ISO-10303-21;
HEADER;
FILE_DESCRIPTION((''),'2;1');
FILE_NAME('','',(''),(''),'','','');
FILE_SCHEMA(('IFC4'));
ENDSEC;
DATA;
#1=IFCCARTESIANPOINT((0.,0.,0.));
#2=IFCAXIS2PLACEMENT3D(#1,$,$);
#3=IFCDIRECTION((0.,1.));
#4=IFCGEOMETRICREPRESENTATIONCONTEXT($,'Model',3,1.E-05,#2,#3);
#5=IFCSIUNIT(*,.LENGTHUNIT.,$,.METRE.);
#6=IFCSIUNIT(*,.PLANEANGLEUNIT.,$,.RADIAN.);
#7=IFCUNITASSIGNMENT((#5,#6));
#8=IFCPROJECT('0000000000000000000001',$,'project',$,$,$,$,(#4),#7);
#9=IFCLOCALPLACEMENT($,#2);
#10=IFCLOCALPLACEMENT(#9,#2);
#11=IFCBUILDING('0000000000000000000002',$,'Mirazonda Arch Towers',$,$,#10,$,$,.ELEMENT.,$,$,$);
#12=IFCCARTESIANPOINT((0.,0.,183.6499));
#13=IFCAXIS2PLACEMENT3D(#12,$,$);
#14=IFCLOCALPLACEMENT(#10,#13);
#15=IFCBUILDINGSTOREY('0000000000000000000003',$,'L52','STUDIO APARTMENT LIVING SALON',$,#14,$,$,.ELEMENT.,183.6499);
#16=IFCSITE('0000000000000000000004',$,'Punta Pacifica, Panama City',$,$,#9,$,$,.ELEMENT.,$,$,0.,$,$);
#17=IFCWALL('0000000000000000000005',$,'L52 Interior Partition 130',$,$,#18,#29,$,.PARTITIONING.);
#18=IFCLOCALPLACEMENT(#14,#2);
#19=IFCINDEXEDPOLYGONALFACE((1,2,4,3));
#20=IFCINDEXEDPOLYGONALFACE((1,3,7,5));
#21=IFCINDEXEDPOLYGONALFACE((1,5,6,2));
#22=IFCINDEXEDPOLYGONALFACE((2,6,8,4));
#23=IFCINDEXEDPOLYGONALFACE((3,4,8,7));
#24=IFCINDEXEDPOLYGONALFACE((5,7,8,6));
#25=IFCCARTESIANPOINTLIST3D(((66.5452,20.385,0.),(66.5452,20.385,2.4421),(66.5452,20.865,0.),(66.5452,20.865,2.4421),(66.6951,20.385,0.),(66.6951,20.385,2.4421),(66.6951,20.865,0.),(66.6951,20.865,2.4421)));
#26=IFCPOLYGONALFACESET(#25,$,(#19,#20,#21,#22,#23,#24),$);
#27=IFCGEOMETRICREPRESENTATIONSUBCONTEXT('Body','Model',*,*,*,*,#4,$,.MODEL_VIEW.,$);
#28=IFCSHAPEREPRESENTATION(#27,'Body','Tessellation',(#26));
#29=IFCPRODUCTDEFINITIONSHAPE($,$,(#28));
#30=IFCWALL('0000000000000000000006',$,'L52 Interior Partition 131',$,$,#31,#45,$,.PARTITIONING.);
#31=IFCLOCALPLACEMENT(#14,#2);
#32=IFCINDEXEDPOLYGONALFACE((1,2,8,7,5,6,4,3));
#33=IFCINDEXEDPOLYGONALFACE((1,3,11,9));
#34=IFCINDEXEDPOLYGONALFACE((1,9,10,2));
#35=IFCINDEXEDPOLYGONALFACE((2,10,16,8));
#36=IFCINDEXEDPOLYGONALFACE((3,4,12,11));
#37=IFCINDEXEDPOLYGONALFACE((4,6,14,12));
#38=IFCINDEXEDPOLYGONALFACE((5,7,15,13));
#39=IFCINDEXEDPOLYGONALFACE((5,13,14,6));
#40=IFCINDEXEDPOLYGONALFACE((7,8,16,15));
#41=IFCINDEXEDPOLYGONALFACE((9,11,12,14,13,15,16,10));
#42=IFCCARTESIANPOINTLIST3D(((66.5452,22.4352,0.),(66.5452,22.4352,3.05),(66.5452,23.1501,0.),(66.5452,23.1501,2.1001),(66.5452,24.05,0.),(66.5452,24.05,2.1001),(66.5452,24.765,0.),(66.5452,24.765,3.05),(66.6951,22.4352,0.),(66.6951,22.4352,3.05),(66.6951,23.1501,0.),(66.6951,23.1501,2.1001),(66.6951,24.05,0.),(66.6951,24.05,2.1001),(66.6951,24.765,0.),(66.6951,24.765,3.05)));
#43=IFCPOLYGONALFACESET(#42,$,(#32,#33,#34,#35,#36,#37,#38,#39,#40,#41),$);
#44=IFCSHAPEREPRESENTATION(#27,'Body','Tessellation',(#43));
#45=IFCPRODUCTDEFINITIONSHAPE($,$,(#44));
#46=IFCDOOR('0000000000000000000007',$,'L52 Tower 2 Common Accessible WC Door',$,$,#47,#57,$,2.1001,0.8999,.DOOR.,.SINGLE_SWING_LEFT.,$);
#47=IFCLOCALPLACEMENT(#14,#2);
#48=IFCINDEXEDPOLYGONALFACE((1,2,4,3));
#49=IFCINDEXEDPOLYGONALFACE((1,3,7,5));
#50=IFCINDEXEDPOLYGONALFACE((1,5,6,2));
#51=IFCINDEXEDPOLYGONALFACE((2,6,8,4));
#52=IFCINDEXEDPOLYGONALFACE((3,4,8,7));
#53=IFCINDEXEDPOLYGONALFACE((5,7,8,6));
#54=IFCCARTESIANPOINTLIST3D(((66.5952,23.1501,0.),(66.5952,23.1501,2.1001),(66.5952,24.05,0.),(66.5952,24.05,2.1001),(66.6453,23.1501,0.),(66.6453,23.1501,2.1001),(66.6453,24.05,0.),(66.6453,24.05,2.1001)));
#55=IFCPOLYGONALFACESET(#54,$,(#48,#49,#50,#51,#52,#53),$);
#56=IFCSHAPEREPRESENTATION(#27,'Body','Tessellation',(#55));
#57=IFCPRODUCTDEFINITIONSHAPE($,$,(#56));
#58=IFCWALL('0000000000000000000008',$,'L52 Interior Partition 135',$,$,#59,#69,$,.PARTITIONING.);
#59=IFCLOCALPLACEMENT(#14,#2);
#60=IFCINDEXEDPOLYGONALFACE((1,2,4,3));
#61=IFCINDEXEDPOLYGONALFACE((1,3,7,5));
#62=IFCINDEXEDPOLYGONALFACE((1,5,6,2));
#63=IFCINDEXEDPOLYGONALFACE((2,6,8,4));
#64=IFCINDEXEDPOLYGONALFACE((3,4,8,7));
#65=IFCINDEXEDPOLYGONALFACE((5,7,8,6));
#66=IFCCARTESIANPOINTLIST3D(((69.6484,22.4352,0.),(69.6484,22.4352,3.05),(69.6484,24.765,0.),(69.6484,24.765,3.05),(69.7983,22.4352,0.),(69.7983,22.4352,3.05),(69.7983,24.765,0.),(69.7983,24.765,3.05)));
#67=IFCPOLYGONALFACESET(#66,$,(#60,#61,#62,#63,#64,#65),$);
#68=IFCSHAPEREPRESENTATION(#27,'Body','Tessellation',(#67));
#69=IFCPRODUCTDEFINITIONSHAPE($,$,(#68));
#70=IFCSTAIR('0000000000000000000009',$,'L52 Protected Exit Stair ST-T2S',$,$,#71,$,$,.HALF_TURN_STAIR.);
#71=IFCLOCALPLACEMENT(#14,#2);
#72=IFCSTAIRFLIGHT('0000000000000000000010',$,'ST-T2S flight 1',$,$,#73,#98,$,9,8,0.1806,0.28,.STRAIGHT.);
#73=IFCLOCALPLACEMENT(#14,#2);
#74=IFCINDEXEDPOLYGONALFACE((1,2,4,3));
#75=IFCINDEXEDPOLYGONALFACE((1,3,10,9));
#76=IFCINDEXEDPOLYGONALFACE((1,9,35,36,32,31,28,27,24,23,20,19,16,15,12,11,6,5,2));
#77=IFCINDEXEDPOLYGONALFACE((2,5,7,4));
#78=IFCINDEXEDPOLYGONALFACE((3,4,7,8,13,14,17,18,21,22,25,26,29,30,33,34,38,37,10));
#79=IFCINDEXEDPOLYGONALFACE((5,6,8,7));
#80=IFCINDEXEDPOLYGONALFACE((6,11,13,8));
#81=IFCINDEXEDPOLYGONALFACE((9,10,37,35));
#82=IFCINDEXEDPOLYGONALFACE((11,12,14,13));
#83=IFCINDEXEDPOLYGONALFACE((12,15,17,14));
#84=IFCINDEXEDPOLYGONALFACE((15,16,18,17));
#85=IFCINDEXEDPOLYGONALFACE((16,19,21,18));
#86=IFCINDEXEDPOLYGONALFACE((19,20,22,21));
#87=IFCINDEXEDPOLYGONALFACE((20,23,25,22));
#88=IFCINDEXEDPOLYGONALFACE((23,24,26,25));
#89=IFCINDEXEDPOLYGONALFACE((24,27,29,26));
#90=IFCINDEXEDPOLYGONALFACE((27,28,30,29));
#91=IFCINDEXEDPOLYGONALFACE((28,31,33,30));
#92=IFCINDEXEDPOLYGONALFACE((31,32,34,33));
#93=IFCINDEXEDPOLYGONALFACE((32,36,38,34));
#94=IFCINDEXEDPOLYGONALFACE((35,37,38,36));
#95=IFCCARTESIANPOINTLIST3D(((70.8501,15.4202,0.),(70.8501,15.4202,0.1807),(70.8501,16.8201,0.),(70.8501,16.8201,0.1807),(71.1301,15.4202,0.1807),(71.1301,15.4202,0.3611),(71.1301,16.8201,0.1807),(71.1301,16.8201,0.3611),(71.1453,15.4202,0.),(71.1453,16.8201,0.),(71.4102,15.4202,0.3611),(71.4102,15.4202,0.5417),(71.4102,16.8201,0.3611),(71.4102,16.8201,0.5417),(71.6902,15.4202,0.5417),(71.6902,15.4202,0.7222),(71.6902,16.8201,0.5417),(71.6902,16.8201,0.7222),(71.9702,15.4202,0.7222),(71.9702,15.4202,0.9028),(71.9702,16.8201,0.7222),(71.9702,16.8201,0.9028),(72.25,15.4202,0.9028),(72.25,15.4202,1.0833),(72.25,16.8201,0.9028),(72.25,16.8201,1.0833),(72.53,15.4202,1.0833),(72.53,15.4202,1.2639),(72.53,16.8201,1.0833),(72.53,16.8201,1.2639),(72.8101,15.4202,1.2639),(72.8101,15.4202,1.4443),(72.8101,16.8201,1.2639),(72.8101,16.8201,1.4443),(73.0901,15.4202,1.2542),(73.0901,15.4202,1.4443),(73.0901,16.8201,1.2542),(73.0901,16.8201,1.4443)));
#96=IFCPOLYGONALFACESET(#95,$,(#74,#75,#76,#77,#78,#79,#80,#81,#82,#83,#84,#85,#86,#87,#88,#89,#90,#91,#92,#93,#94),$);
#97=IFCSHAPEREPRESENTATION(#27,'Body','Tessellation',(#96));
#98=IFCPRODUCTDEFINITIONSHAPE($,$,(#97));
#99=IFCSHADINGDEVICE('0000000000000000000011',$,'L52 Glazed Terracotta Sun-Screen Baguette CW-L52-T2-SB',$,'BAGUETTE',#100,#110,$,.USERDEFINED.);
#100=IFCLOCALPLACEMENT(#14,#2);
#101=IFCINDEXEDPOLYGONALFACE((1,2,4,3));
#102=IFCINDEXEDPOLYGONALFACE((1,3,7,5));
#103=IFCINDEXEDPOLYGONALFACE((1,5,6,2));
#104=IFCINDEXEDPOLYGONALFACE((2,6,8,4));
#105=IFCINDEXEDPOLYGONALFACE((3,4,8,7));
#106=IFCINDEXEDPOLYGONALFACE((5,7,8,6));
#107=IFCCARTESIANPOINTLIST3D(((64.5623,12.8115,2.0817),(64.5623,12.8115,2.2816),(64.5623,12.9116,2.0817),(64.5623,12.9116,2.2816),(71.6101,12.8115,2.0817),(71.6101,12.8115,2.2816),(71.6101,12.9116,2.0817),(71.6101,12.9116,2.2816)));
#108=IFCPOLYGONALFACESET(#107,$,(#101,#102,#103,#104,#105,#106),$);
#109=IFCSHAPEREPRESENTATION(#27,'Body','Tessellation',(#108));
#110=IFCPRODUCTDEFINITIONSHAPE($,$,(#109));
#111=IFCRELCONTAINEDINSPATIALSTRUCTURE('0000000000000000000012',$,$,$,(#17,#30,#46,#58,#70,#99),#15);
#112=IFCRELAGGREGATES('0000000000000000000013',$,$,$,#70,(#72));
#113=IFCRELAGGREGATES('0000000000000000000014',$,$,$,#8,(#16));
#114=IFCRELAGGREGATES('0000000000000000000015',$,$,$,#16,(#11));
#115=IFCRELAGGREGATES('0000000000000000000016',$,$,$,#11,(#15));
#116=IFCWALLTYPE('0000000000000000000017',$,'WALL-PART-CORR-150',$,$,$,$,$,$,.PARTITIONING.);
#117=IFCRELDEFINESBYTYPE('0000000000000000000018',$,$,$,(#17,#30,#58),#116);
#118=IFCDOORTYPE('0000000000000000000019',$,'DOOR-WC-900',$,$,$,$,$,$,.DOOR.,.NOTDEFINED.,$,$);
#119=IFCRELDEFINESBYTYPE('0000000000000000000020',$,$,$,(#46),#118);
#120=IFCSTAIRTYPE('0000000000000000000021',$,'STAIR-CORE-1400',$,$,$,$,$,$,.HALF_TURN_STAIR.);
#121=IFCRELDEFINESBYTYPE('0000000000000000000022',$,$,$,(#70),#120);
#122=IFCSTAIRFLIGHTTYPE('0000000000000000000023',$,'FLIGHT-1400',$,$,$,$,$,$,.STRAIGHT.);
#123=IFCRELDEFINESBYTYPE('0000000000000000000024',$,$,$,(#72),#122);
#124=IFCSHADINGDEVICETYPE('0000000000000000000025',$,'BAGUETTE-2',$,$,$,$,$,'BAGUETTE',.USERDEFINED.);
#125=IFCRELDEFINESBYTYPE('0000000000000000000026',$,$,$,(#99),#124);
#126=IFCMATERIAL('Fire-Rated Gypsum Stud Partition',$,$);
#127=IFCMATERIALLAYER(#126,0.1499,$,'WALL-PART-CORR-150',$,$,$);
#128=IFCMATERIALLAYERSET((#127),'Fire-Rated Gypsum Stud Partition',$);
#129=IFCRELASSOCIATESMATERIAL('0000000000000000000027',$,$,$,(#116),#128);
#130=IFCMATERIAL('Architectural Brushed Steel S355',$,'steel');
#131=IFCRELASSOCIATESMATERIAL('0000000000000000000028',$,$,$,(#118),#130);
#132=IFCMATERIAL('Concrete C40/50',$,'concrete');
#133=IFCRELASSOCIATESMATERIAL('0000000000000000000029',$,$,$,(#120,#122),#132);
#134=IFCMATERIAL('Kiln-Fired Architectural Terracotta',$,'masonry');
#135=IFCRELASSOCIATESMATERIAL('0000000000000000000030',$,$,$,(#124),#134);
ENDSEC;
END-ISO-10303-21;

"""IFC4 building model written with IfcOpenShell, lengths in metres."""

from ifc_helpers import new_model, si_unit, direction, frame, frame_2d, origin, origin_2d, place, context, subcontext, project, spatial, polyline, rectangle, outline, extrude, material, layer, layer_set, material_profile, profile_set, type_object, element, fill, aggregate, save


model = new_model("IFC4")

# Units and contexts
model_context = context("Model", 3, precision=1e-05, world=origin(), true_north=direction((0.0, 1.0)))
body_context = subcontext(model_context, "Body", "Model", "MODEL_VIEW")
ifc_project = project(units=[si_unit("LENGTHUNIT", "METRE"), si_unit("PLANEANGLEUNIT", "RADIAN")], contexts=[model_context])

# Site, building, storey
site_placement = place(None, origin())
site = spatial("IfcSite", under=ifc_project, at=site_placement, Name="Punta Pacifica, Panama City", CompositionType="ELEMENT", RefElevation=0.0)
building_placement = place(site_placement, origin())
building = spatial("IfcBuilding", under=site, at=building_placement, Name="Mirazonda Arch Towers", CompositionType="ELEMENT")
storey_placement = place(building_placement, frame((0.0, 0.0, 183.6499)))
storey = spatial("IfcBuildingStorey", under=building, at=storey_placement, Name="L52", Description="STUDIO APARTMENT LIVING SALON", CompositionType="ELEMENT", Elevation=183.6499)

# Shared definitions
ifc_material_1 = material(Name="Architectural Brushed Steel S355", Category="steel")

# Wall
ifc_material_2 = material(Name="Fire-Rated Gypsum Stud Partition")
ifc_layer_1 = layer(ifc_material_2, 0.1499, Name="WALL-PART-CORR-150")
ifc_layer_set_1 = layer_set([ifc_layer_1], Name="Fire-Rated Gypsum Stud Partition")
wall_type_1 = type_object("IfcWallType", Name="WALL-PART-CORR-150", PredefinedType="PARTITIONING", material=ifc_layer_set_1)
wall_1_placement = place(storey_placement, frame((66.6201, 20.385, 0.0), z_axis=(0.0, 0.0, 1.0), x_axis=(0.0, 1.0, 0.0)))
element("IfcWall", 1, at=wall_1_placement, inside=storey, type_object=wall_type_1, Name="L52 Interior Partition 130", PredefinedType="PARTITIONING", context=body_context, shape_type="SweptSolid", body=[
    extrude(rectangle(XDim=0.48, YDim=0.1499, at=frame_2d((0.24, 0.0))), origin(), (0.0, 0.0, 1.0), 2.4421),
])

# Wall, opening, door
wall_2_placement = place(storey_placement, frame((66.6201, 22.4351, 0.0), z_axis=(0.0, 0.0, 1.0), x_axis=(0.0, 1.0, 0.0)))
wall_2 = element("IfcWall", 2, at=wall_2_placement, inside=storey, type_object=wall_type_1, Name="L52 Interior Partition 131", PredefinedType="PARTITIONING", context=body_context, shape_type="SweptSolid", body=[
    extrude(rectangle(XDim=2.3298, YDim=0.1499, at=frame_2d((1.165, 0.0))), origin(), (0.0, 0.0, 1.0), 3.05),
])
opening_1_placement = place(wall_2_placement, frame((0.7151, 0.0, 0.0)))
opening_1 = element("IfcOpeningElement", 3, at=opening_1_placement, cuts=wall_2, PredefinedType="OPENING", context=body_context, shape_type="SweptSolid", body=[
    extrude(rectangle(XDim=0.8999, YDim=2.1001, at=frame_2d((0.45, 1.05))), frame((0.0, 0.085, 0.0), z_axis=(0.0, -1.0, 0.0), x_axis=(1.0, 0.0, 0.0)), (0.0, 0.0, 1.0), 0.1699),
])
door_type_1 = type_object("IfcDoorType", Name="DOOR-WC-900", OperationType="NOTDEFINED", PredefinedType="DOOR", material=ifc_material_1)
door_1_placement = place(opening_1_placement, origin())
door_1 = element("IfcDoor", 4, at=door_1_placement, inside=storey, type_object=door_type_1, Name="L52 Tower 2 Common Accessible WC Door", OperationType="SINGLE_SWING_LEFT", OverallHeight=2.1001, OverallWidth=0.8999, PredefinedType="DOOR", context=body_context, shape_type="SweptSolid", body=[
    extrude(rectangle(XDim=0.8999, YDim=2.1001, at=frame_2d((0.45, 1.05))), frame((0.0, 0.0249, 0.0), z_axis=(0.0, -1.0, 0.0), x_axis=(1.0, 0.0, 0.0)), (0.0, 0.0, 1.0), 0.05),
])
fill(opening_1, door_1)

# Wall
wall_3_placement = place(storey_placement, frame((69.7234, 22.4351, 0.0), z_axis=(0.0, 0.0, 1.0), x_axis=(0.0, 1.0, 0.0)))
element("IfcWall", 5, at=wall_3_placement, inside=storey, type_object=wall_type_1, Name="L52 Interior Partition 135", PredefinedType="PARTITIONING", context=body_context, shape_type="SweptSolid", body=[
    extrude(rectangle(XDim=2.3298, YDim=0.1499, at=frame_2d((1.165, 0.0))), origin(), (0.0, 0.0, 1.0), 3.05),
])

# Stair, stair flight
ifc_material_3 = material(Name="Concrete C40/50", Category="concrete")
stair_type = type_object("IfcStairType", Name="STAIR-CORE-1400", PredefinedType="HALF_TURN_STAIR", material=ifc_material_3)
stair_placement = place(storey_placement, origin())
stair = element("IfcStair", 6, at=stair_placement, inside=storey, type_object=stair_type, Name="L52 Protected Exit Stair ST-T2S", PredefinedType="HALF_TURN_STAIR")
stair_flight_type = type_object("IfcStairFlightType", Name="FLIGHT-1400", PredefinedType="STRAIGHT", material=ifc_material_3)
stair_flight_placement = place(storey_placement, frame((70.8501, 16.1201, 0.0), z_axis=(0.0, 0.0, 1.0), x_axis=(1.0, 0.0, 0.0)))
stair_flight = element("IfcStairFlight", 7, at=stair_flight_placement, type_object=stair_flight_type, Name="ST-T2S flight 1", NumberOfRisers=9, NumberOfTreads=8, PredefinedType="STRAIGHT", RiserHeight=0.1806, TreadLength=0.28, context=body_context, shape_type="SweptSolid", body=[
    extrude(outline(polyline([(0.0, 0.0), (0.0, 0.1807), (0.28, 0.1807), (0.28, 0.3611), (0.5601, 0.3611), (0.5601, 0.5417), (0.8401, 0.5417), (0.8401, 0.7222), (1.1201, 0.7222), (1.1201, 0.9028), (1.3999, 0.9028), (1.3999, 1.0833), (1.6799, 1.0833), (1.6799, 1.2639), (1.96, 1.2639), (1.96, 1.4443), (2.24, 1.4443), (2.24, 1.625), (2.24, 1.2542), (0.2952, 0.0), (0.0, 0.0)])), frame((0.0, 0.7, 0.0), z_axis=(0.0, -1.0, 0.0), x_axis=(1.0, 0.0, 0.0)), (0.0, 0.0, 1.0), 1.3999),
])
aggregate(stair, [stair_flight])

# Shading device
ifc_material_4 = material(Name="Kiln-Fired Architectural Terracotta", Category="masonry")
ifc_material_profile_1 = material_profile(ifc_material_4, rectangle(XDim=0.1001, YDim=0.2, at=origin_2d()), Name="TERRA-BAG-100x200")
ifc_profile_set_1 = profile_set([ifc_material_profile_1], Name="Kiln-Fired Architectural Terracotta")
shading_device_type = type_object("IfcShadingDeviceType", Name="BAGUETTE-2", ElementType="BAGUETTE", PredefinedType="USERDEFINED", material=ifc_profile_set_1)
shading_device_placement = place(storey_placement, frame((71.6101, 12.8616, 2.1816), z_axis=(-1.0, 0.0, 0.0), x_axis=(0.0, -1.0, 0.0)))
element("IfcShadingDevice", 8, at=shading_device_placement, inside=storey, type_object=shading_device_type, Name="L52 Glazed Terracotta Sun-Screen Baguette CW-L52-T2-SB", ObjectType="BAGUETTE", PredefinedType="USERDEFINED", context=body_context, shape_type="SweptSolid", body=[
    extrude(rectangle(XDim=0.1001, YDim=0.2, at=origin_2d()), origin(), (0.0, 0.0, 1.0), 7.0479),
])

save(model, "model.ifc")
